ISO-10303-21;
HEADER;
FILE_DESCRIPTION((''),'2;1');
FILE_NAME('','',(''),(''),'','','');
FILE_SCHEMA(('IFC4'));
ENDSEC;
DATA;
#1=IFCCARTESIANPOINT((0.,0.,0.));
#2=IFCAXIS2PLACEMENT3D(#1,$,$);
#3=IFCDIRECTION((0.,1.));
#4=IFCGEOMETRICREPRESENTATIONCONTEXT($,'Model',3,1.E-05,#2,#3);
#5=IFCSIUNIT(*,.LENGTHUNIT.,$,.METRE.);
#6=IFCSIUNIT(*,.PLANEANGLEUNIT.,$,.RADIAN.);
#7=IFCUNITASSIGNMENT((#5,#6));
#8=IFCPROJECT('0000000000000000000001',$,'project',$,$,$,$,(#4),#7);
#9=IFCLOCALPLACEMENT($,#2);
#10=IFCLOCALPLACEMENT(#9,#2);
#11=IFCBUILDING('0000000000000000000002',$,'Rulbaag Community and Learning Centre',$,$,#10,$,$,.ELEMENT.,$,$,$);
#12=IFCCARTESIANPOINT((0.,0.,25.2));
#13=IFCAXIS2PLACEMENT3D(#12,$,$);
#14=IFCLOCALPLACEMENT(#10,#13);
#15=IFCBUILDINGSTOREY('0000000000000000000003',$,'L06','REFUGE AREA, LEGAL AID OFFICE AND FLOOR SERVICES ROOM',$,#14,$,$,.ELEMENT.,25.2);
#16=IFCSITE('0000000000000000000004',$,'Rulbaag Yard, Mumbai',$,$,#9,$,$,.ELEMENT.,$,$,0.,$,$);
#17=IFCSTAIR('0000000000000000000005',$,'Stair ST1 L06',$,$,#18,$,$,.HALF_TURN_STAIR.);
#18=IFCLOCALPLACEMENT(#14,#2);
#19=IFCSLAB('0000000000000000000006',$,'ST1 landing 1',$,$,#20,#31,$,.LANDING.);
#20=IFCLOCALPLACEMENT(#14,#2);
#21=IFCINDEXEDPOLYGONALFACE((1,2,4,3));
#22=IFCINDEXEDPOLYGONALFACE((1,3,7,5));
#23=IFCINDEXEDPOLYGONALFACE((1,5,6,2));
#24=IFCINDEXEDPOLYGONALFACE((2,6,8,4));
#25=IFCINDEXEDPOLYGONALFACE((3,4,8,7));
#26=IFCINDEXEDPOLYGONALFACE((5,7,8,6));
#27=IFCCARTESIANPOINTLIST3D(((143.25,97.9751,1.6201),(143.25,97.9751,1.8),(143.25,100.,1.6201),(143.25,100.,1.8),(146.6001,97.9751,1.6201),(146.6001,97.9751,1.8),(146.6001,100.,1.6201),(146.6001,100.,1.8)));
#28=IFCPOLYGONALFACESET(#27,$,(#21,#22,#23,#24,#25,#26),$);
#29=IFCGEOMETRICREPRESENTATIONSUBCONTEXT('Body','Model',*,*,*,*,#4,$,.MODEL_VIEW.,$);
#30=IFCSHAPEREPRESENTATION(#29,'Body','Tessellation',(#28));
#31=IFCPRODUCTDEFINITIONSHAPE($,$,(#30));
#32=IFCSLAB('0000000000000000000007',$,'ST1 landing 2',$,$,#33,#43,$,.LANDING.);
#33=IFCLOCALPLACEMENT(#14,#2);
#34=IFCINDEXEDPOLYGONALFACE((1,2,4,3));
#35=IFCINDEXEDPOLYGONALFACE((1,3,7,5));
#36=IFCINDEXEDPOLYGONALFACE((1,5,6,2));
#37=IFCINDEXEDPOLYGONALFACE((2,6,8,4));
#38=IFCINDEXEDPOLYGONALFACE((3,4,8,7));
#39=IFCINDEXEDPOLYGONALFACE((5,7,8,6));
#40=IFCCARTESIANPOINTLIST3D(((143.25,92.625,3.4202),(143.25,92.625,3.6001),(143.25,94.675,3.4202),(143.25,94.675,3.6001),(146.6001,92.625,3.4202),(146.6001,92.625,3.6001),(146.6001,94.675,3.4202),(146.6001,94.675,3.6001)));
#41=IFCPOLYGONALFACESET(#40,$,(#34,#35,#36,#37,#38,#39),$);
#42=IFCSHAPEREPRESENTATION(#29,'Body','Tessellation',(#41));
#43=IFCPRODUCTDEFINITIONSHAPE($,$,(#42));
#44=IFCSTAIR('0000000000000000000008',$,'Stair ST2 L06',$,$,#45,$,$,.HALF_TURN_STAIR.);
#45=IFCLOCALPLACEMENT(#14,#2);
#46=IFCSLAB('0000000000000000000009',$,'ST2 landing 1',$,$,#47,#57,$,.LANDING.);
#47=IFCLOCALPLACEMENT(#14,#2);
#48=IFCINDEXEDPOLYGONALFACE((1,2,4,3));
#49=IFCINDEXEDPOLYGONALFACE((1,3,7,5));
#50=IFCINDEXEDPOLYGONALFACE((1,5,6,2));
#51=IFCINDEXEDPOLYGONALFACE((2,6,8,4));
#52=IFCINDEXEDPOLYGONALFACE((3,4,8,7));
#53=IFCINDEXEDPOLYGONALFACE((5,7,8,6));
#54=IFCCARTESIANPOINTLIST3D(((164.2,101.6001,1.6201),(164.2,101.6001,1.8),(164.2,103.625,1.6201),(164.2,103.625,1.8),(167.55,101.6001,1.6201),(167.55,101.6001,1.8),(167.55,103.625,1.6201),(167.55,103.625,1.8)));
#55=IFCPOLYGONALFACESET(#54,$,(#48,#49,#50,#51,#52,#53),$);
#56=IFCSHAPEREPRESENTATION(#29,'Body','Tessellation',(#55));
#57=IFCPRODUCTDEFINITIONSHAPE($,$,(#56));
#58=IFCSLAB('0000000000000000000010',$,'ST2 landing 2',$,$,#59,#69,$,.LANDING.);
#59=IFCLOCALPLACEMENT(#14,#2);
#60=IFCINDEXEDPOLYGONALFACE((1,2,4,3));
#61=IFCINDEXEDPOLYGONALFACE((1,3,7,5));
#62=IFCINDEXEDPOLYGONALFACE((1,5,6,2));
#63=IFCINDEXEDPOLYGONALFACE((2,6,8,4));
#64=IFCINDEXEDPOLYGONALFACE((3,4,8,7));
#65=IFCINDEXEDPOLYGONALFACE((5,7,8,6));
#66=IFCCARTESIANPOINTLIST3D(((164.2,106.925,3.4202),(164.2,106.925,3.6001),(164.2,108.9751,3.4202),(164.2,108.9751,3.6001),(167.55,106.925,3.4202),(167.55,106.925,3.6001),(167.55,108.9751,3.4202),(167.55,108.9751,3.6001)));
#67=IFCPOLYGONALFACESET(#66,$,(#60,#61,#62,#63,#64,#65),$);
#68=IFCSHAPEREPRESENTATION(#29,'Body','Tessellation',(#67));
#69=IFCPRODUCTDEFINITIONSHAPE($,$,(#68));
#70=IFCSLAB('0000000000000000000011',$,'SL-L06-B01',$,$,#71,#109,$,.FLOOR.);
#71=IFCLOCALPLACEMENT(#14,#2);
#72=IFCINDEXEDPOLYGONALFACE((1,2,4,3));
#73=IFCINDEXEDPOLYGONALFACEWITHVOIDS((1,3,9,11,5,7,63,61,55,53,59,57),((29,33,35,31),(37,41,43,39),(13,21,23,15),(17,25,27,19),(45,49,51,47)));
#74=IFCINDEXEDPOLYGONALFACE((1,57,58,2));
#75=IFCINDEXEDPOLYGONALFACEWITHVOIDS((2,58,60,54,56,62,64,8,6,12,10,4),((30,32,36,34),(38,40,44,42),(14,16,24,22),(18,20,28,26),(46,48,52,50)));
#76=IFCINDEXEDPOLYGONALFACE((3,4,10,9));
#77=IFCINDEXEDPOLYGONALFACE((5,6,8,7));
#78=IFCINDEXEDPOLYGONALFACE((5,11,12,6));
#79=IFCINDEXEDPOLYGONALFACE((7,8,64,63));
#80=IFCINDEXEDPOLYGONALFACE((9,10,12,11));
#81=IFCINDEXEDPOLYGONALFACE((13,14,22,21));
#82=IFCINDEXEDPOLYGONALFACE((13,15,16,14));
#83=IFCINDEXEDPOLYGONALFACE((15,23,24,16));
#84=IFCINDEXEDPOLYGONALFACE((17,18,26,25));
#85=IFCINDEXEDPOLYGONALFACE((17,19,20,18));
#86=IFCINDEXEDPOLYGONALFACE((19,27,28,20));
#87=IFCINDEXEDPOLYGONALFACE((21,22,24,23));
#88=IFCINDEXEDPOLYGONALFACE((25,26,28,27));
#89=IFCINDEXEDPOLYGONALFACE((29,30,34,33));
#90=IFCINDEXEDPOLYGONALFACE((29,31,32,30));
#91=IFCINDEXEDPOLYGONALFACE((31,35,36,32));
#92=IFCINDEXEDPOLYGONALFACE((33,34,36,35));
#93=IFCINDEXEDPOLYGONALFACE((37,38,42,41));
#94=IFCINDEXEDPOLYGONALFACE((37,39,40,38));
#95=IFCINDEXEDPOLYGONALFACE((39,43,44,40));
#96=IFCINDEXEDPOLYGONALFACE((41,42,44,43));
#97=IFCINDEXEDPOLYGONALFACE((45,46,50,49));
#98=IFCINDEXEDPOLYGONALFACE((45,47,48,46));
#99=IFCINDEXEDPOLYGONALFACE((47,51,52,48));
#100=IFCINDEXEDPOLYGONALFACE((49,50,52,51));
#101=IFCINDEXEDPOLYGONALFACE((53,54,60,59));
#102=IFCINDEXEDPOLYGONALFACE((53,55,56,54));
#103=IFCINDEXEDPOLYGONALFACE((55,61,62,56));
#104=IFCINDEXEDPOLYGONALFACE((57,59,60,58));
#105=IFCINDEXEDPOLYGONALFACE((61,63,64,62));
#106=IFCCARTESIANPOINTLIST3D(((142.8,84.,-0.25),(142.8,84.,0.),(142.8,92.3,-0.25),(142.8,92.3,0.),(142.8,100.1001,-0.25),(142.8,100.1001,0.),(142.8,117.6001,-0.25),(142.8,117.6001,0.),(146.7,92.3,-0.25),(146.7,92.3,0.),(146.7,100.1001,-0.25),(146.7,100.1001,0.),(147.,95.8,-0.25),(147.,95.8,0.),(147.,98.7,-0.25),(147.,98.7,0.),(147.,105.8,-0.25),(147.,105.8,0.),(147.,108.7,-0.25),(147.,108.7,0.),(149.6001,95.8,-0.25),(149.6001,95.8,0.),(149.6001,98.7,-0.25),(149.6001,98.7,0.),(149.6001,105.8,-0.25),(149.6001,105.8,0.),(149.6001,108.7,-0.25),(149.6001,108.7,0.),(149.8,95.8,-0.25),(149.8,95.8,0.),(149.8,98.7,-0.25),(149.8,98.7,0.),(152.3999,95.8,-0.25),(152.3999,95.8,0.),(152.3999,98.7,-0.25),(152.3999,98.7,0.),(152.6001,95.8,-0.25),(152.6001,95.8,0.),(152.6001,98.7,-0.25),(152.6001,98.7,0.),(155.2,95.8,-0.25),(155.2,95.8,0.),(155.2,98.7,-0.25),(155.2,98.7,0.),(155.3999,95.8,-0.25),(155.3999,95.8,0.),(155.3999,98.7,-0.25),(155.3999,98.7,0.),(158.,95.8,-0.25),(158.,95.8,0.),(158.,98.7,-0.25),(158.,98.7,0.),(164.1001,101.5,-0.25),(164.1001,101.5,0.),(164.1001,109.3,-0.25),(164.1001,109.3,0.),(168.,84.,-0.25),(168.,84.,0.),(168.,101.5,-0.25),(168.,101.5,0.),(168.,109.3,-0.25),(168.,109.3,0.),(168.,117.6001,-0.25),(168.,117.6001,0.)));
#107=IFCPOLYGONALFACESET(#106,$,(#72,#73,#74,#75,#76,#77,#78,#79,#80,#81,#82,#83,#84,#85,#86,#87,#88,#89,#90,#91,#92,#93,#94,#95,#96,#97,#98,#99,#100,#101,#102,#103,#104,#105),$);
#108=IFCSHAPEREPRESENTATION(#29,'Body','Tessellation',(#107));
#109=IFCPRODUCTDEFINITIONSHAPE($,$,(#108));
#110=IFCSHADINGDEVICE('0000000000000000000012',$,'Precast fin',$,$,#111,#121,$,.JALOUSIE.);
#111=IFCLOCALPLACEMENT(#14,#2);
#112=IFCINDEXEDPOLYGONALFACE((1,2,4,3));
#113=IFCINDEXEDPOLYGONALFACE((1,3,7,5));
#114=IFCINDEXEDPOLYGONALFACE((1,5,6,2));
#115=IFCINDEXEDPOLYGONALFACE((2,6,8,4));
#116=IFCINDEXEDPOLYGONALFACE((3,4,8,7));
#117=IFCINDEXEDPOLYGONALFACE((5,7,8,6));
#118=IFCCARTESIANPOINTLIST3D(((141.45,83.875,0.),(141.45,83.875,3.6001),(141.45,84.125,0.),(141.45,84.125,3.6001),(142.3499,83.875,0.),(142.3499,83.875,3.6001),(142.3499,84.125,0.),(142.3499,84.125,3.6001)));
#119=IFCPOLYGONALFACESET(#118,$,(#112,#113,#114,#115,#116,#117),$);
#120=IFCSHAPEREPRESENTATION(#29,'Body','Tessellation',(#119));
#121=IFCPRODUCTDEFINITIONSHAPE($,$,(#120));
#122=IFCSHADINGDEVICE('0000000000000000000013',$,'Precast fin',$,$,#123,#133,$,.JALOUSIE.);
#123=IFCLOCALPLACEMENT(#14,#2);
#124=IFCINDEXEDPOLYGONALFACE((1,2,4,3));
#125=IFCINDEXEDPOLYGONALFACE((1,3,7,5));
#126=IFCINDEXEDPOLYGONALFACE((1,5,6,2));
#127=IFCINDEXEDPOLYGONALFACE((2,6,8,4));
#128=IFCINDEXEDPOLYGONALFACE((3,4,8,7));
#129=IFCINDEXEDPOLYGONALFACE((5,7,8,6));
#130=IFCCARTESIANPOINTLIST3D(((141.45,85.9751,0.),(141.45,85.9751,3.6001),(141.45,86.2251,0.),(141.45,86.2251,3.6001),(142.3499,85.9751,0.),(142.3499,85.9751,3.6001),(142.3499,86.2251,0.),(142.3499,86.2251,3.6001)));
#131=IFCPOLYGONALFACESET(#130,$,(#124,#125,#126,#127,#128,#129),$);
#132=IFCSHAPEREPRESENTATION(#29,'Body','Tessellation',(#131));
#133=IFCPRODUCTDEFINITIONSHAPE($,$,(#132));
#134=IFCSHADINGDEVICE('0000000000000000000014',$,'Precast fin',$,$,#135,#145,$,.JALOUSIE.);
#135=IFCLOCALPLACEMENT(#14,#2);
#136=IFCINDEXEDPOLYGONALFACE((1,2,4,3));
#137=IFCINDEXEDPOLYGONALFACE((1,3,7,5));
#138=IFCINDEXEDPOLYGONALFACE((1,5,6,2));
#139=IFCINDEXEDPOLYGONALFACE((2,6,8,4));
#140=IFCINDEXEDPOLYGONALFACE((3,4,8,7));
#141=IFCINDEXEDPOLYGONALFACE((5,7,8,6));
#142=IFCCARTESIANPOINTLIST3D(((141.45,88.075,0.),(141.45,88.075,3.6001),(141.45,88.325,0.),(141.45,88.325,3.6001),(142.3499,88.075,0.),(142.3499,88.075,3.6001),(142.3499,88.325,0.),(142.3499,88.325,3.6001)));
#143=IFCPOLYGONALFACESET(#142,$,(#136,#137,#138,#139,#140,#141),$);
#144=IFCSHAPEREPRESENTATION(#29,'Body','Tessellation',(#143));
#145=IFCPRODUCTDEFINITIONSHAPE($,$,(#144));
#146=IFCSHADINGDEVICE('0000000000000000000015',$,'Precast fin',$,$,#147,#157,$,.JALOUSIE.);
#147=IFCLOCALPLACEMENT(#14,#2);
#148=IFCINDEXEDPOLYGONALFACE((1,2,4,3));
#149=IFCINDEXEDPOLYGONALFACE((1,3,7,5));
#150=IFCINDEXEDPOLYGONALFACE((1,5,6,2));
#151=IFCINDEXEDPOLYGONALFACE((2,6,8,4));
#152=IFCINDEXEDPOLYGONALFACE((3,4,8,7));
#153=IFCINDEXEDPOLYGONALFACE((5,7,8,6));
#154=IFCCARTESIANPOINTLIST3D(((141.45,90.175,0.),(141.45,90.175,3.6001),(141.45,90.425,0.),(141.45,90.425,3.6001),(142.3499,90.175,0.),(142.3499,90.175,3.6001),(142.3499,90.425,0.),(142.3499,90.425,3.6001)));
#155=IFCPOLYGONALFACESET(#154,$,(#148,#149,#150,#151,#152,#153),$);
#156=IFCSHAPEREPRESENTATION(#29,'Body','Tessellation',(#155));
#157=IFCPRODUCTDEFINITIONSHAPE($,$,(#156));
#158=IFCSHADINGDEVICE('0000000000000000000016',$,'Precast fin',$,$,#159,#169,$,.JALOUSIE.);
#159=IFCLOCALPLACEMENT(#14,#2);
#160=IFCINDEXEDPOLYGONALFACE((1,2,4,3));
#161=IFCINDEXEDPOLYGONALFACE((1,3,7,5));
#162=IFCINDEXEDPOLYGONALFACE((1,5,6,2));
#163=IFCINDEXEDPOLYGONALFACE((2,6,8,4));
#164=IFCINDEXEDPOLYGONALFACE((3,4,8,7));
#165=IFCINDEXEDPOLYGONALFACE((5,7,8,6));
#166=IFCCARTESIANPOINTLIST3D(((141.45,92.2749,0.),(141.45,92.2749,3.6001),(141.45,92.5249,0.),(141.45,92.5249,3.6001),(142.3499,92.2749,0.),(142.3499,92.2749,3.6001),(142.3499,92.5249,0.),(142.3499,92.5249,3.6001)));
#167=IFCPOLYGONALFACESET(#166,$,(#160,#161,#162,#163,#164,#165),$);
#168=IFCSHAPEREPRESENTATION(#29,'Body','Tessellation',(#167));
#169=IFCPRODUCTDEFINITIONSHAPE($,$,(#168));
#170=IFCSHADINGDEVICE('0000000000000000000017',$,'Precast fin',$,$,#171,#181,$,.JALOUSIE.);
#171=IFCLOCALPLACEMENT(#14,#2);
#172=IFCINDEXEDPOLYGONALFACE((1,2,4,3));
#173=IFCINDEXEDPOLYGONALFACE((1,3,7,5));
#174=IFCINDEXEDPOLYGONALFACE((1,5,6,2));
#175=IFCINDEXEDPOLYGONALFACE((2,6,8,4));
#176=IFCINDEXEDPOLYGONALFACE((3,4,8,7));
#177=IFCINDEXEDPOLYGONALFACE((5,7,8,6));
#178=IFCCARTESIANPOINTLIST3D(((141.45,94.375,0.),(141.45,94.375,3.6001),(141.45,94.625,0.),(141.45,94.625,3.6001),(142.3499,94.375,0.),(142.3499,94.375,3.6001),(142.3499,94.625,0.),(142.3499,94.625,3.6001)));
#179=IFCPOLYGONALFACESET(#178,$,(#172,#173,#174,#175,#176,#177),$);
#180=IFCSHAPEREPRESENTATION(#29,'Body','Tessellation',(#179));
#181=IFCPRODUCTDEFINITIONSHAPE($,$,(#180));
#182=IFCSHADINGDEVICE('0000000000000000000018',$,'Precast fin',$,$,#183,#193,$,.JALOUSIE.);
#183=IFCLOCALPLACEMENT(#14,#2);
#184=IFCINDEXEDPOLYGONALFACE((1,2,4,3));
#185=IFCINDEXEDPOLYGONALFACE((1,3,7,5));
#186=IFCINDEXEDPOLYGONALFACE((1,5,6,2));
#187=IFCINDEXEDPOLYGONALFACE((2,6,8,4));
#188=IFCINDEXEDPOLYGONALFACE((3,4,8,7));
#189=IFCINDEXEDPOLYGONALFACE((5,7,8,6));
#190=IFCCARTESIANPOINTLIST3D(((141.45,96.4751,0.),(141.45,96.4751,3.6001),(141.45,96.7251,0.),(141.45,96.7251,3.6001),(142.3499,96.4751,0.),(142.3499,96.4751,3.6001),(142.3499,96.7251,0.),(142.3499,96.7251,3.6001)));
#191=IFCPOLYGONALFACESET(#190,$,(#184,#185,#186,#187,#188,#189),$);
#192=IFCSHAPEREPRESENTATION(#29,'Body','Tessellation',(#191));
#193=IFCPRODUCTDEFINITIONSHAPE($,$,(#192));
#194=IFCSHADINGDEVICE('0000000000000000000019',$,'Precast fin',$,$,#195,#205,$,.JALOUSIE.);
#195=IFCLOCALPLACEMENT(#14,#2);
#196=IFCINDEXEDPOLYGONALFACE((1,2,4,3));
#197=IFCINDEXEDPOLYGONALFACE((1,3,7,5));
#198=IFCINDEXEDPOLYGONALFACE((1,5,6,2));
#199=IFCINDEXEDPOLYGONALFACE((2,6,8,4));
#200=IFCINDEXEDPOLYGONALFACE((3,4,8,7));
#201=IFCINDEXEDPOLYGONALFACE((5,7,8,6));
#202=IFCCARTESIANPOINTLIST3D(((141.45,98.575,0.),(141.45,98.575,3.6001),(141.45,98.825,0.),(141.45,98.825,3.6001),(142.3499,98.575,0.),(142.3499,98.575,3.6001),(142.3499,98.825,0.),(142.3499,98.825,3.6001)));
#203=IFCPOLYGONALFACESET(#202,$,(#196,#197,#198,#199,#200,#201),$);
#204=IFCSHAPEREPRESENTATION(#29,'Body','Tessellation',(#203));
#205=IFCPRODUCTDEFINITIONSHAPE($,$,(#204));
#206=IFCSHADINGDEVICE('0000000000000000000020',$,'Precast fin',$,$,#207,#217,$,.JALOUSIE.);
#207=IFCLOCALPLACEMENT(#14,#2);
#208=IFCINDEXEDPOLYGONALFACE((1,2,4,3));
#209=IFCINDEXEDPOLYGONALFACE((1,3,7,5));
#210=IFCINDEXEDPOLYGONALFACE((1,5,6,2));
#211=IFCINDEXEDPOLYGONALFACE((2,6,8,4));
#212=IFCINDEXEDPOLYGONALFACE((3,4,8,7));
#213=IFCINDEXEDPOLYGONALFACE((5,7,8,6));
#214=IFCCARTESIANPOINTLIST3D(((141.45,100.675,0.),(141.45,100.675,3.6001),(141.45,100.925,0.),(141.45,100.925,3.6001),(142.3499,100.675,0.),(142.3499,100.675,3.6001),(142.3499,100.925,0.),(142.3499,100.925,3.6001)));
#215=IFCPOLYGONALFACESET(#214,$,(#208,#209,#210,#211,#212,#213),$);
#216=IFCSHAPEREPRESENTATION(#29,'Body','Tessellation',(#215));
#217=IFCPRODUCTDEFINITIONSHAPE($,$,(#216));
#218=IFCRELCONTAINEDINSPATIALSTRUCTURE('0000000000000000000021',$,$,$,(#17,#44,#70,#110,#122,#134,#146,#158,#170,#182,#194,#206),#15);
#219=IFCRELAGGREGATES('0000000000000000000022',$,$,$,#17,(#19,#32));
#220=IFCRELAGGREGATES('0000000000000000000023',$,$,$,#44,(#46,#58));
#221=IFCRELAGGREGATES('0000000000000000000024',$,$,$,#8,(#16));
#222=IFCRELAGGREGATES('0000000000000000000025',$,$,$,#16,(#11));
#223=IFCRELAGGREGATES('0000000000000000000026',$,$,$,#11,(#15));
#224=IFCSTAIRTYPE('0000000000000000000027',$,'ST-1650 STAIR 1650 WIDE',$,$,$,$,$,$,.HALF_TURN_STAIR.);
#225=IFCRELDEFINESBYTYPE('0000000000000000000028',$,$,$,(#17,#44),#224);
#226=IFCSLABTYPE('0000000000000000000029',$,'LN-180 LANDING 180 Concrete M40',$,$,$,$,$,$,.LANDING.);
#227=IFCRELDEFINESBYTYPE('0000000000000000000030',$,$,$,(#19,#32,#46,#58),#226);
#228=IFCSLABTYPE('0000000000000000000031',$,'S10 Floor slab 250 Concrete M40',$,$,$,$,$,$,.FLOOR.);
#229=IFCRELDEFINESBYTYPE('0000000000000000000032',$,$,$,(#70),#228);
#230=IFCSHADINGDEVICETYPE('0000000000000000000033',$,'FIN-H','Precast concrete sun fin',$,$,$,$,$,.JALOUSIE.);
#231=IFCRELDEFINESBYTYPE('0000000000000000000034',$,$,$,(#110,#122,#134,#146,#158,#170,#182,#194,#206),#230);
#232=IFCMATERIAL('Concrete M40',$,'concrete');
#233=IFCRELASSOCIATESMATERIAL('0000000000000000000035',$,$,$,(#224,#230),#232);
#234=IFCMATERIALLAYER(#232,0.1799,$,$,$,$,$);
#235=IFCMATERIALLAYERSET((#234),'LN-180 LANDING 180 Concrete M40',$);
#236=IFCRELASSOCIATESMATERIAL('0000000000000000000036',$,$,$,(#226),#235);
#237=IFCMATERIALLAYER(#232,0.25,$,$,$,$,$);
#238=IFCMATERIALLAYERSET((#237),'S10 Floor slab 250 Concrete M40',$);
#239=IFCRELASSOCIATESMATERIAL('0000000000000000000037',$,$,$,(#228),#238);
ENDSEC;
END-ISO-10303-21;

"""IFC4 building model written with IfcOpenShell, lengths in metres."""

from ifc_helpers import new_model, si_unit, direction, frame, origin, origin_2d, place, context, subcontext, project, spatial, polyline, rectangle, outline, extrude, material, layer, layer_set, material_profile, profile_set, type_object, element, aggregate, save


model = new_model("IFC4")

# Units and contexts
model_context = context("Model", 3, precision=1e-05, world=origin(), true_north=direction((0.0, 1.0)))
body_context = subcontext(model_context, "Body", "Model", "MODEL_VIEW")
ifc_project = project(units=[si_unit("LENGTHUNIT", "METRE"), si_unit("PLANEANGLEUNIT", "RADIAN")], contexts=[model_context])

# Site, building, storey
site_placement = place(None, origin())
site = spatial("IfcSite", under=ifc_project, at=site_placement, Name="Rulbaag Yard, Mumbai", CompositionType="ELEMENT", RefElevation=0.0)
building_placement = place(site_placement, origin())
building = spatial("IfcBuilding", under=site, at=building_placement, Name="Rulbaag Community and Learning Centre", CompositionType="ELEMENT")
storey_placement = place(building_placement, frame((0.0, 0.0, 25.2)))
storey = spatial("IfcBuildingStorey", under=building, at=storey_placement, Name="L06", Description="REFUGE AREA, LEGAL AID OFFICE AND FLOOR SERVICES ROOM", CompositionType="ELEMENT", Elevation=25.2)

# Stairs, slabs
ifc_material = material(Name="Concrete M40", Category="concrete")
stair_type = type_object("IfcStairType", Name="ST-1650 STAIR 1650 WIDE", PredefinedType="HALF_TURN_STAIR", material=ifc_material)
stair_1_placement = place(storey_placement, origin())
stair_1 = element("IfcStair", 1, at=stair_1_placement, inside=storey, type_object=stair_type, Name="Stair ST1 L06", PredefinedType="HALF_TURN_STAIR")
ifc_layer_1 = layer(ifc_material, 0.1799)
ifc_layer_set_1 = layer_set([ifc_layer_1], Name="LN-180 LANDING 180 Concrete M40")
slab_type_1 = type_object("IfcSlabType", Name="LN-180 LANDING 180 Concrete M40", PredefinedType="LANDING", material=ifc_layer_set_1)
slab_1_placement = place(storey_placement, frame((0.0, 0.0, 1.6201)))
slab_1 = element("IfcSlab", 2, at=slab_1_placement, type_object=slab_type_1, Name="ST1 landing 1", PredefinedType="LANDING", context=body_context, shape_type="SweptSolid", body=[
    extrude(outline(polyline([(143.25, 97.9751), (143.25, 100.0), (146.6001, 100.0), (146.6001, 97.9751), (143.25, 97.9751)])), origin(), (0.0, 0.0, 1.0), 0.1799),
])
slab_2_placement = place(storey_placement, frame((0.0, 0.0, 3.4202)))
slab_2 = element("IfcSlab", 3, at=slab_2_placement, type_object=slab_type_1, Name="ST1 landing 2", PredefinedType="LANDING", context=body_context, shape_type="SweptSolid", body=[
    extrude(outline(polyline([(143.25, 92.625), (143.25, 94.675), (146.6001, 94.675), (146.6001, 92.625), (143.25, 92.625)])), origin(), (0.0, 0.0, 1.0), 0.1799),
])
aggregate(stair_1, [slab_1, slab_2])
stair_2_placement = place(storey_placement, origin())
stair_2 = element("IfcStair", 4, at=stair_2_placement, inside=storey, type_object=stair_type, Name="Stair ST2 L06", PredefinedType="HALF_TURN_STAIR")
slab_3_placement = place(storey_placement, frame((0.0, 0.0, 1.6201)))
slab_3 = element("IfcSlab", 5, at=slab_3_placement, type_object=slab_type_1, Name="ST2 landing 1", PredefinedType="LANDING", context=body_context, shape_type="SweptSolid", body=[
    extrude(outline(polyline([(164.2, 101.6001), (164.2, 103.625), (167.55, 103.625), (167.55, 101.6001), (164.2, 101.6001)])), origin(), (0.0, 0.0, 1.0), 0.1799),
])
slab_4_placement = place(storey_placement, frame((0.0, 0.0, 3.4202)))
slab_4 = element("IfcSlab", 6, at=slab_4_placement, type_object=slab_type_1, Name="ST2 landing 2", PredefinedType="LANDING", context=body_context, shape_type="SweptSolid", body=[
    extrude(outline(polyline([(164.2, 106.925), (164.2, 108.9751), (167.55, 108.9751), (167.55, 106.925), (164.2, 106.925)])), origin(), (0.0, 0.0, 1.0), 0.1799),
])
aggregate(stair_2, [slab_3, slab_4])

# Slab
ifc_layer_2 = layer(ifc_material, 0.25)
ifc_layer_set_2 = layer_set([ifc_layer_2], Name="S10 Floor slab 250 Concrete M40")
slab_type_2 = type_object("IfcSlabType", Name="S10 Floor slab 250 Concrete M40", PredefinedType="FLOOR", material=ifc_layer_set_2)
slab_5_placement = place(storey_placement, frame((0.0, 0.0, -0.25)))
element("IfcSlab", 7, at=slab_5_placement, inside=storey, type_object=slab_type_2, Name="SL-L06-B01", PredefinedType="FLOOR", context=body_context, shape_type="SweptSolid", body=[
    extrude(outline(polyline([(168.0, 84.0), (142.8, 84.0), (142.8, 92.3), (146.7, 92.3), (146.7, 100.1001), (142.8, 100.1001), (142.8, 117.6001), (168.0, 117.6001), (168.0, 109.3), (164.1001, 109.3), (164.1001, 101.5), (168.0, 101.5), (168.0, 84.0)]), holes=[polyline([(147.0, 98.7), (147.0, 95.8), (149.6001, 95.8), (149.6001, 98.7), (147.0, 98.7)]), polyline([(149.8, 98.7), (149.8, 95.8), (152.3999, 95.8), (152.3999, 98.7), (149.8, 98.7)]), polyline([(152.6001, 98.7), (152.6001, 95.8), (155.2, 95.8), (155.2, 98.7), (152.6001, 98.7)]), polyline([(155.3999, 98.7), (155.3999, 95.8), (158.0, 95.8), (158.0, 98.7), (155.3999, 98.7)]), polyline([(147.0, 108.7), (147.0, 105.8), (149.6001, 105.8), (149.6001, 108.7), (147.0, 108.7)])]), origin(), (0.0, 0.0, 1.0), 0.25),
])

# Shading devices
ifc_material_profile = material_profile(ifc_material, rectangle(XDim=0.25, YDim=0.8999, at=origin_2d()), Name="PC 250x900")
ifc_profile_set = profile_set([ifc_material_profile], Name="Concrete M40")
shading_device_type_1 = type_object("IfcShadingDeviceType", Name="FIN-H", Description="Precast concrete sun fin", PredefinedType="JALOUSIE", material=ifc_profile_set)
for number, where, z_axis, x_axis, name in (
    (8, (141.8999, 84.0, 0.0), (0.0, 0.0, 1.0), (0.0, 1.0, 0.0), "Precast fin"),
    (9, (141.8999, 86.1001, 0.0), (0.0, 0.0, 1.0), (0.0, 1.0, 0.0), "Precast fin"),
    (10, (141.8999, 88.2, 0.0), (0.0, 0.0, 1.0), (0.0, 1.0, 0.0), "Precast fin"),
    (11, (141.8999, 90.3, 0.0), (0.0, 0.0, 1.0), (0.0, 1.0, 0.0), "Precast fin"),
    (12, (141.8999, 92.3999, 0.0), (0.0, 0.0, 1.0), (0.0, 1.0, 0.0), "Precast fin"),
    (13, (141.8999, 94.5, 0.0), (0.0, 0.0, 1.0), (0.0, 1.0, 0.0), "Precast fin"),
    (14, (141.8999, 96.6001, 0.0), (0.0, 0.0, 1.0), (0.0, 1.0, 0.0), "Precast fin"),
    (15, (141.8999, 98.7, 0.0), (0.0, 0.0, 1.0), (0.0, 1.0, 0.0), "Precast fin"),
    (16, (141.8999, 100.8, 0.0), (0.0, 0.0, 1.0), (0.0, 1.0, 0.0), "Precast fin"),
):
    element("IfcShadingDevice", number, at=place(storey_placement, frame(where, z_axis=z_axis, x_axis=x_axis)), inside=storey, type_object=shading_device_type_1, Name=name, PredefinedType="JALOUSIE", context=body_context, shape_type="SweptSolid", body=[
        extrude(rectangle(XDim=0.25, YDim=0.8999, at=origin_2d()), origin(), (0.0, 0.0, 1.0), 3.6001),
    ])

save(model, "model.ifc")
